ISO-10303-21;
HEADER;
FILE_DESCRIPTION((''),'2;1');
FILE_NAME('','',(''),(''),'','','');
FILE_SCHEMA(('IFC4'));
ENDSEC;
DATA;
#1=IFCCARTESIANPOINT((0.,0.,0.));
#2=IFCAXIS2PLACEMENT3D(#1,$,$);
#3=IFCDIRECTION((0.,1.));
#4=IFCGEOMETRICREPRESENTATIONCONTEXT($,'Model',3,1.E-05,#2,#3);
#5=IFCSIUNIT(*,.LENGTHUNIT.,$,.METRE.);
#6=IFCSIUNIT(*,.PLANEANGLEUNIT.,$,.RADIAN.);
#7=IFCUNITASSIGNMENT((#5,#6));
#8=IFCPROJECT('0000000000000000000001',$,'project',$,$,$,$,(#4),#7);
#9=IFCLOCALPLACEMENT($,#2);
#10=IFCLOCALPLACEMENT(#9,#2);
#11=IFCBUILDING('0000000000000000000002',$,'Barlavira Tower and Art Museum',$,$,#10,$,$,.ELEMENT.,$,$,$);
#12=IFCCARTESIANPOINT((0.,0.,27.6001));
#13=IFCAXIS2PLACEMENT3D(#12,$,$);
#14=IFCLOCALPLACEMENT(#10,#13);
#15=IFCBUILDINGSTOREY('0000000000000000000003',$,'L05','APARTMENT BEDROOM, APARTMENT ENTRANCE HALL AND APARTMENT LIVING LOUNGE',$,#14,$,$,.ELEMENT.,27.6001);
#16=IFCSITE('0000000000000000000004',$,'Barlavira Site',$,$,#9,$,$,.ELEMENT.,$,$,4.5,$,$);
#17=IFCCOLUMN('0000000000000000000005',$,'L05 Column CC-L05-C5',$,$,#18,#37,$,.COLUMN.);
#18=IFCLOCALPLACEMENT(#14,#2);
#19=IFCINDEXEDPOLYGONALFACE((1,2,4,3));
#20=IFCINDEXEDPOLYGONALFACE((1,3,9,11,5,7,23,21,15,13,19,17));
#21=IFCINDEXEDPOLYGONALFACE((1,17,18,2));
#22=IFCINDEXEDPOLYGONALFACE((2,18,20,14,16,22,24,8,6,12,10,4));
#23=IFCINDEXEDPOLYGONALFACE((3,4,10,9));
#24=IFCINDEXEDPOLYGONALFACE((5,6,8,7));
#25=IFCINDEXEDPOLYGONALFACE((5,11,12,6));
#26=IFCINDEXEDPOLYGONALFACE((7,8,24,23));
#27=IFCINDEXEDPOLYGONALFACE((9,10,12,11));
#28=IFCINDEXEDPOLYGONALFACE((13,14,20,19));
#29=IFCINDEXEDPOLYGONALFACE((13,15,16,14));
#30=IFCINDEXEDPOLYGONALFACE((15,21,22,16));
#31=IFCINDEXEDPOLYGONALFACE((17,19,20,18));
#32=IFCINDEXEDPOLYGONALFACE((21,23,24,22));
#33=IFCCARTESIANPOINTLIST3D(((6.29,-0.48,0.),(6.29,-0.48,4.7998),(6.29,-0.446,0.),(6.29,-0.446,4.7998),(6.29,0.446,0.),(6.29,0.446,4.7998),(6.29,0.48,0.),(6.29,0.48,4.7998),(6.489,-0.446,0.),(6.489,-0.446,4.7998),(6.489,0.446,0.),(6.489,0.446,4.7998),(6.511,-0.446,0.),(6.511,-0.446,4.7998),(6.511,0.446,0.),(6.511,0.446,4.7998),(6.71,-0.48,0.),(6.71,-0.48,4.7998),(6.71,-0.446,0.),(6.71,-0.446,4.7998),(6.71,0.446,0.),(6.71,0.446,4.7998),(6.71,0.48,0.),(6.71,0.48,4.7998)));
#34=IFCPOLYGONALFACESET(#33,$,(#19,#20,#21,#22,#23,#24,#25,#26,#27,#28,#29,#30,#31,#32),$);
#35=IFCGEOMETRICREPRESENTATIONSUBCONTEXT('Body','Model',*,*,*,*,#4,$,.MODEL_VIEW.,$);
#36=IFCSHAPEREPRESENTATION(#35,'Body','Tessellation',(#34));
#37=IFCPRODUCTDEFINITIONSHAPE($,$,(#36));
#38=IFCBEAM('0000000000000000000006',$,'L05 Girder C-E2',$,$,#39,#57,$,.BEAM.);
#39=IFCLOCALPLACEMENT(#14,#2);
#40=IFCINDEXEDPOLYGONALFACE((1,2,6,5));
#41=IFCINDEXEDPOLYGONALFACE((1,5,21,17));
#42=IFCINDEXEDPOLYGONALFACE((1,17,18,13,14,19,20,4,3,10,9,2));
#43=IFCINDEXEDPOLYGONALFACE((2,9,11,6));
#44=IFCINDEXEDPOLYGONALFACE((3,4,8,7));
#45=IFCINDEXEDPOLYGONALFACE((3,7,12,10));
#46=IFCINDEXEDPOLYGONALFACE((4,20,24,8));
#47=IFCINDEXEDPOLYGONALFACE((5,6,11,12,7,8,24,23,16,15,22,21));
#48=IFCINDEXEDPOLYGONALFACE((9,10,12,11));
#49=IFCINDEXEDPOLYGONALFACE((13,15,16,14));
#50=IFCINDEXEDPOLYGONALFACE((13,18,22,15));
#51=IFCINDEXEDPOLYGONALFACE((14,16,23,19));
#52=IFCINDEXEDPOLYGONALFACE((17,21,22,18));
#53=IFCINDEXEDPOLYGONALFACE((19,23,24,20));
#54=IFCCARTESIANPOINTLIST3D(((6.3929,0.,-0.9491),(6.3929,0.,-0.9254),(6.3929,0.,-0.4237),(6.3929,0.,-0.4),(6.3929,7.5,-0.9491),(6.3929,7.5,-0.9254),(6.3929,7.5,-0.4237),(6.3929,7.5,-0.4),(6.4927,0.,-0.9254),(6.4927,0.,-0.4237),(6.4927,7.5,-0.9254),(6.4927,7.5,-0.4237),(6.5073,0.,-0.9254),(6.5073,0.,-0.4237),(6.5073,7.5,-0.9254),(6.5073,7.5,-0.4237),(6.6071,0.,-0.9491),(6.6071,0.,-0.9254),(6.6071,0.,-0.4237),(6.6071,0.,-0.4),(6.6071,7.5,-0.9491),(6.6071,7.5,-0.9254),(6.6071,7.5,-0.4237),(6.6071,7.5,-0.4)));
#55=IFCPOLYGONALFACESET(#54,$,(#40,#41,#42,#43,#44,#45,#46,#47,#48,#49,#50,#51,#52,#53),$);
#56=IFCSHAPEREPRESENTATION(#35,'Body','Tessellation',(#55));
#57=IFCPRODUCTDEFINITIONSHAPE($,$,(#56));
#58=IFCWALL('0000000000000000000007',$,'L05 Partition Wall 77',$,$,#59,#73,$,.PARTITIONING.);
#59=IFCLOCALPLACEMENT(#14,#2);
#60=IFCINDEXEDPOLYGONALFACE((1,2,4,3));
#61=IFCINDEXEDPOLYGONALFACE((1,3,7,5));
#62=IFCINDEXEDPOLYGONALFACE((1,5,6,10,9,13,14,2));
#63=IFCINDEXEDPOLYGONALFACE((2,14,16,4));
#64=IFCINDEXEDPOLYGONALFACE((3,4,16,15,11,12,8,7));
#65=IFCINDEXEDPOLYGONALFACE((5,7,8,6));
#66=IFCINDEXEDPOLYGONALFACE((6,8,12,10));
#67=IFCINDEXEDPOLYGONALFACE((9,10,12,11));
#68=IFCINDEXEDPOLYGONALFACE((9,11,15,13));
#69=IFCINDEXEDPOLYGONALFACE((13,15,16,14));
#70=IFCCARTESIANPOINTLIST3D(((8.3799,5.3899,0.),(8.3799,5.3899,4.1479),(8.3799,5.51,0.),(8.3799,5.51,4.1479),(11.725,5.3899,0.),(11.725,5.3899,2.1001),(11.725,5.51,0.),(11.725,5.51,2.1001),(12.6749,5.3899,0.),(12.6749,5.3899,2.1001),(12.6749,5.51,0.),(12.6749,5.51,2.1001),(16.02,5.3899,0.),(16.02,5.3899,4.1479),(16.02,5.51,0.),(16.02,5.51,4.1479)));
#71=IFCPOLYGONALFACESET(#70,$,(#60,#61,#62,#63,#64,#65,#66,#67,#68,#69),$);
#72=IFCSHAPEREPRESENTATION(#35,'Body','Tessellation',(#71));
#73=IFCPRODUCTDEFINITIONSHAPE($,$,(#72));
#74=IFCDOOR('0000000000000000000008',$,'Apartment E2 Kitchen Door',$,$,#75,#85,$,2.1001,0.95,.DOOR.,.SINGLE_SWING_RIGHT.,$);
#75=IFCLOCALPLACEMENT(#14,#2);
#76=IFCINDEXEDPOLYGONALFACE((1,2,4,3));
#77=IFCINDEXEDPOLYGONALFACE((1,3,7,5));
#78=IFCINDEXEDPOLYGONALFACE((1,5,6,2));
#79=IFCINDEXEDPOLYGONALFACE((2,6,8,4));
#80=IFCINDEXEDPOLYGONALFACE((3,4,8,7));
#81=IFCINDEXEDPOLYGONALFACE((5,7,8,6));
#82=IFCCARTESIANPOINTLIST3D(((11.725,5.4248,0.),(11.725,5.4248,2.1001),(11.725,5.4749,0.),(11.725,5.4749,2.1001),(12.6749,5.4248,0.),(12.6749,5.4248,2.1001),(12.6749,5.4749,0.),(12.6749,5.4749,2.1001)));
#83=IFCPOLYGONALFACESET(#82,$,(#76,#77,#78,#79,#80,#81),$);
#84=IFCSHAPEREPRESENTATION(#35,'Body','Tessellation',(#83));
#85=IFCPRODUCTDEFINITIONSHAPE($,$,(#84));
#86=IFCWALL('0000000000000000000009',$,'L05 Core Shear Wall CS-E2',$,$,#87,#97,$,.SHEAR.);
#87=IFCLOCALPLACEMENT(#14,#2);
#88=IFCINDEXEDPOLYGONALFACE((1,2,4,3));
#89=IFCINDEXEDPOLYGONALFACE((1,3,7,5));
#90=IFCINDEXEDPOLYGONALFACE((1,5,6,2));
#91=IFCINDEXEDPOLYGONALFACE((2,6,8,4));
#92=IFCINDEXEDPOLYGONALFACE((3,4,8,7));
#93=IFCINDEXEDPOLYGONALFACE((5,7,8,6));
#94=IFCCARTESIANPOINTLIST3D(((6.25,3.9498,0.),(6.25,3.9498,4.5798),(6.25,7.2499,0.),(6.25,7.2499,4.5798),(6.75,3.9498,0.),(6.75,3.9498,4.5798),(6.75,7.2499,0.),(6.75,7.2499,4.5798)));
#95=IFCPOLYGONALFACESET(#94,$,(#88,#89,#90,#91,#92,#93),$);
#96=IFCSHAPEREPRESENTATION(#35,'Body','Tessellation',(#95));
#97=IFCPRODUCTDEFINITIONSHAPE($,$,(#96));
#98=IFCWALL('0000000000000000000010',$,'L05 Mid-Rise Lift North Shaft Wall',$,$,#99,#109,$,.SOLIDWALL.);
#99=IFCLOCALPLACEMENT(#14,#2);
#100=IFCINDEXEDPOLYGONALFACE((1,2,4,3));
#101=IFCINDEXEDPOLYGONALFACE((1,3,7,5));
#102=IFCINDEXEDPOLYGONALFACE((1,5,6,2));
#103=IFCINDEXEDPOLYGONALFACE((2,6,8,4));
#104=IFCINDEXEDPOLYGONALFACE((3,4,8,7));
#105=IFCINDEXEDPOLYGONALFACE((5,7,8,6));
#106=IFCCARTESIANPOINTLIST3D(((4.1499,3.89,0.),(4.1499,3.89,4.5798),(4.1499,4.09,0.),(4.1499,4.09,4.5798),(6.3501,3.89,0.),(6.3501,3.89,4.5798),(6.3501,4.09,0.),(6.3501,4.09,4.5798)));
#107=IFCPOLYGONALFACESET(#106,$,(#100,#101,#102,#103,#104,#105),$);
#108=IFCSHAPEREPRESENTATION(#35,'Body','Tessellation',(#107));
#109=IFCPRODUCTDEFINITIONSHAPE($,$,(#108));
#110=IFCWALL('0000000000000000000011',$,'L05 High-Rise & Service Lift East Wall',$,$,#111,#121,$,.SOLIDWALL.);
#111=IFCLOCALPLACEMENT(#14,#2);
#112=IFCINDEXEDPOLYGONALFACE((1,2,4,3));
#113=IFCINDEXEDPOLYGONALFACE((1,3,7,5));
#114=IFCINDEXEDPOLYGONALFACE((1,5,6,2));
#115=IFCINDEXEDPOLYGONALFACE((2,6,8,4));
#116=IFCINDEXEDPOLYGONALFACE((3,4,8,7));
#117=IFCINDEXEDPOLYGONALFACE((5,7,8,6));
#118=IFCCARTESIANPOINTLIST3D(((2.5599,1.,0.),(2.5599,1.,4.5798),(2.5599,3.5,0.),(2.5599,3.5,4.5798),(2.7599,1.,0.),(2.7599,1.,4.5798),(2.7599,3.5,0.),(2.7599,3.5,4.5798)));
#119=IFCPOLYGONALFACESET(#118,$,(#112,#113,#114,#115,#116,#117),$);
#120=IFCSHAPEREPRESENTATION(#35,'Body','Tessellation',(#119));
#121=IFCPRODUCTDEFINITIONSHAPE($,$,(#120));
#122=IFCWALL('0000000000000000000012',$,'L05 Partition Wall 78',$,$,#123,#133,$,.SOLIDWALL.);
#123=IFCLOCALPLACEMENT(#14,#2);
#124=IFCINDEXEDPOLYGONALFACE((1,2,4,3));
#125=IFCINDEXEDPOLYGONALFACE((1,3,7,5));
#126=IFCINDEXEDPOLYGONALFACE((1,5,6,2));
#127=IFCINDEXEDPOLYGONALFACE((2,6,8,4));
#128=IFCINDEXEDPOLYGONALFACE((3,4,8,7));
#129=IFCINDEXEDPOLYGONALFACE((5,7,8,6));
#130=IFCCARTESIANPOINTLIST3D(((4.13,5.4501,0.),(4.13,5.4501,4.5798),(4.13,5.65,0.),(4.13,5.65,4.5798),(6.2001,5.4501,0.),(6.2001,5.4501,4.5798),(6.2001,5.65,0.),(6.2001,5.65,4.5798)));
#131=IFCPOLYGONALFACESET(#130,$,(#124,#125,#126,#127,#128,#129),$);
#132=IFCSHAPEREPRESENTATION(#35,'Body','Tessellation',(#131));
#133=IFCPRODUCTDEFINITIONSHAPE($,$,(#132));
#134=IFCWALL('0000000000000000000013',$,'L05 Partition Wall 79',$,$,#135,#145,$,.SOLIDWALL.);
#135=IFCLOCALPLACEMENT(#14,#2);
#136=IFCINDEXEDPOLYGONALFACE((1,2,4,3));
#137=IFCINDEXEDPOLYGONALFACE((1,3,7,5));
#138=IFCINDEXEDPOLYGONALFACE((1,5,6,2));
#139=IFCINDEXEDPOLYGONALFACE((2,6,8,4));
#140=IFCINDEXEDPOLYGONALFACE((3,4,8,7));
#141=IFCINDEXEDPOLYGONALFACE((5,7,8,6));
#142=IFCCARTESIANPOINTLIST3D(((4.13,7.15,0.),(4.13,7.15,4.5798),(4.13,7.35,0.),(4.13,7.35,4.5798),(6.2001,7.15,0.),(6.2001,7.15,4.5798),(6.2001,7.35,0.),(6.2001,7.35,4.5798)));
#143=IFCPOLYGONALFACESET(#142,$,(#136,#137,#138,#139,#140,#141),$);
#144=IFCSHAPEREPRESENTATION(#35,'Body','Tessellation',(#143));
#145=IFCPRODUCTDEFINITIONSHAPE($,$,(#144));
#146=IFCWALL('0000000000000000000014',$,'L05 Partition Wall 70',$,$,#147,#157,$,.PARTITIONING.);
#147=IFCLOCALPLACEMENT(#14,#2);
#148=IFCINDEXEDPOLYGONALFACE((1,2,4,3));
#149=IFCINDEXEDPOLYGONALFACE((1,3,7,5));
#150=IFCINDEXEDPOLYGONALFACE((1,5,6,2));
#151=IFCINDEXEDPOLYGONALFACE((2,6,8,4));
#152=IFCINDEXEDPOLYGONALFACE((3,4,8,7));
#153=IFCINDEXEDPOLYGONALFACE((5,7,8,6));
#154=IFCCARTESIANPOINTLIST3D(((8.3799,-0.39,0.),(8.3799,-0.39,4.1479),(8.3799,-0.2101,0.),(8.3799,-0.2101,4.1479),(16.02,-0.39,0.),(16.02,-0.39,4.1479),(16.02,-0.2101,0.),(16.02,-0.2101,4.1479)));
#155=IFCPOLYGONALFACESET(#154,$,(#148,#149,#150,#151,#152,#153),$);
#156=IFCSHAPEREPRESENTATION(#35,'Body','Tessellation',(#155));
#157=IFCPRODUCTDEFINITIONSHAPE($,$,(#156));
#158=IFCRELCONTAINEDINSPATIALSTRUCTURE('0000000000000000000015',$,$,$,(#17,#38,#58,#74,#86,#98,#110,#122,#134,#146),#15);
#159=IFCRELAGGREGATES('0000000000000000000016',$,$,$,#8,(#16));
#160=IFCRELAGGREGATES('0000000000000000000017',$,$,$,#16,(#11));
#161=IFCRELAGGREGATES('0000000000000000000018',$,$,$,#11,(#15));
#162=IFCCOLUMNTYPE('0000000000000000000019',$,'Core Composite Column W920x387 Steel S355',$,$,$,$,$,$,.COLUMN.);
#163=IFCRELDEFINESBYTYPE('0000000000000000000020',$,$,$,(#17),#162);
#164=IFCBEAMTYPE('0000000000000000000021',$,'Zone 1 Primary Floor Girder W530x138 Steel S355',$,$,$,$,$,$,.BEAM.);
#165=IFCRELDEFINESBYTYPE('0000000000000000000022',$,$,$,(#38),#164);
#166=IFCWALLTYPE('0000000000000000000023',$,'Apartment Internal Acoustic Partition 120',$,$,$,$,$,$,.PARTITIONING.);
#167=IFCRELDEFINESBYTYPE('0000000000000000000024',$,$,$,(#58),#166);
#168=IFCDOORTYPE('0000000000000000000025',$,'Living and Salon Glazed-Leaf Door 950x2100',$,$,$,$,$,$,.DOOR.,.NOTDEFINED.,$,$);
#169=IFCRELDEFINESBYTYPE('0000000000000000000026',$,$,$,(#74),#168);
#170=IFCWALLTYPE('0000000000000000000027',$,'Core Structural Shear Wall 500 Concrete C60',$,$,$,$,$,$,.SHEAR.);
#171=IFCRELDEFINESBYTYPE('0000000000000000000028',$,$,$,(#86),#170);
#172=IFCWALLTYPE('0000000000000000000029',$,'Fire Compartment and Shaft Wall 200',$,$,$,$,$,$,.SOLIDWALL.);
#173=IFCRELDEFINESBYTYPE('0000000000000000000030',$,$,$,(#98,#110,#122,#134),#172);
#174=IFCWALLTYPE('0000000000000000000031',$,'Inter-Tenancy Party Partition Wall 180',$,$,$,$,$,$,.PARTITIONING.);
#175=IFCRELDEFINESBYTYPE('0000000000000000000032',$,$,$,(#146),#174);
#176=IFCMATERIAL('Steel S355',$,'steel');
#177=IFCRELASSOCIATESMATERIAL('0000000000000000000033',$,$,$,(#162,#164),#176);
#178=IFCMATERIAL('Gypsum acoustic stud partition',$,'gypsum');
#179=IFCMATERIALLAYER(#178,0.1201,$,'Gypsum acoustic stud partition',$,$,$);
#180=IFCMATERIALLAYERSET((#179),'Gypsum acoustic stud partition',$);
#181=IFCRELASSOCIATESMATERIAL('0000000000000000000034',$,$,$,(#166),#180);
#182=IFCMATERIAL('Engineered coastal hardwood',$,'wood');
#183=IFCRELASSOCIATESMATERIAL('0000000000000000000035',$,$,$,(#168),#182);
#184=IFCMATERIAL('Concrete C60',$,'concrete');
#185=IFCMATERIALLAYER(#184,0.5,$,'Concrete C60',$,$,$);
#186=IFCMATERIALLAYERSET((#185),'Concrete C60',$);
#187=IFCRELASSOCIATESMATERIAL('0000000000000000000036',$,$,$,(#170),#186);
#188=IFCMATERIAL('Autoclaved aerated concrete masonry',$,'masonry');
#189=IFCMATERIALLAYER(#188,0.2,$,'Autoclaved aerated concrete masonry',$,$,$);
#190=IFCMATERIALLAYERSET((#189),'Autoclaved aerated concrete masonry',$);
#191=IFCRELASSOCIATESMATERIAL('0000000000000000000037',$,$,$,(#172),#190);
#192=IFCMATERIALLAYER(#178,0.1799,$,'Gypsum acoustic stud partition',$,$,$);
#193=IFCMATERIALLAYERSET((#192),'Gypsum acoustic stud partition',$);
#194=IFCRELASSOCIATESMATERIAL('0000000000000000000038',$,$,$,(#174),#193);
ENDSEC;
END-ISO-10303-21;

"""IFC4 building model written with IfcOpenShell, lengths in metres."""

from ifc_helpers import new_model, si_unit, direction, frame, frame_2d, origin, origin_2d, place, context, subcontext, project, spatial, rectangle, i_section, extrude, material, layer, layer_set, material_profile, profile_set, type_object, element, fill, save


model = new_model("IFC4")

# Units and contexts
model_context = context("Model", 3, precision=1e-05, world=origin(), true_north=direction((0.0, 1.0)))
body_context = subcontext(model_context, "Body", "Model", "MODEL_VIEW")
ifc_project = project(units=[si_unit("LENGTHUNIT", "METRE"), si_unit("PLANEANGLEUNIT", "RADIAN")], contexts=[model_context])

# Site, building, storey
site_placement = place(None, origin())
site = spatial("IfcSite", under=ifc_project, at=site_placement, Name="Barlavira Site", CompositionType="ELEMENT", RefElevation=4.5)
building_placement = place(site_placement, origin())
building = spatial("IfcBuilding", under=site, at=building_placement, Name="Barlavira Tower and Art Museum", CompositionType="ELEMENT")
storey_placement = place(building_placement, frame((0.0, 0.0, 27.6001)))
storey = spatial("IfcBuildingStorey", under=building, at=storey_placement, Name="L05", Description="APARTMENT BEDROOM, APARTMENT ENTRANCE HALL AND APARTMENT LIVING LOUNGE", CompositionType="ELEMENT", Elevation=27.6001)

# Column
ifc_material_1 = material(Name="Steel S355", Category="steel")
ifc_material_profile_1 = material_profile(ifc_material_1, i_section(OverallWidth=0.4199, OverallDepth=0.96, WebThickness=0.022, FlangeThickness=0.0339, at=origin_2d()), Name="W920x387.0")
ifc_profile_set_1 = profile_set([ifc_material_profile_1], Name="Steel S355")
column_type = type_object("IfcColumnType", Name="Core Composite Column W920x387 Steel S355", PredefinedType="COLUMN", material=ifc_profile_set_1)
column_placement = place(storey_placement, frame((6.5, 0.0, 0.0), z_axis=(0.0, 0.0, 1.0), x_axis=(1.0, 0.0, 0.0)))
element("IfcColumn", 1, at=column_placement, inside=storey, type_object=column_type, Name="L05 Column CC-L05-C5", PredefinedType="COLUMN", context=body_context, shape_type="SweptSolid", body=[
    extrude(i_section(OverallWidth=0.4199, OverallDepth=0.96, WebThickness=0.022, FlangeThickness=0.0339, at=origin_2d()), origin(), (0.0, 0.0, 1.0), 4.7998),
])

# Beam
ifc_material_profile_2 = material_profile(ifc_material_1, i_section(OverallWidth=0.2141, OverallDepth=0.5491, WebThickness=0.0146, FlangeThickness=0.0237, at=origin_2d()), Name="W530x138.0")
ifc_profile_set_2 = profile_set([ifc_material_profile_2], Name="Steel S355")
beam_type = type_object("IfcBeamType", Name="Zone 1 Primary Floor Girder W530x138 Steel S355", PredefinedType="BEAM", material=ifc_profile_set_2)
beam_placement = place(storey_placement, frame((6.5, 0.0, -0.6746), z_axis=(0.0, 1.0, 0.0), x_axis=(-1.0, 0.0, 0.0)))
element("IfcBeam", 2, at=beam_placement, inside=storey, type_object=beam_type, Name="L05 Girder C-E2", PredefinedType="BEAM", context=body_context, shape_type="SweptSolid", body=[
    extrude(i_section(OverallWidth=0.2141, OverallDepth=0.5491, WebThickness=0.0146, FlangeThickness=0.0237, at=origin_2d()), origin(), (0.0, 0.0, 1.0), 7.5),
])

# Wall, opening, door
ifc_material_2 = material(Name="Gypsum acoustic stud partition", Category="gypsum")
ifc_layer_1 = layer(ifc_material_2, 0.1201, Name="Gypsum acoustic stud partition")
ifc_layer_set_1 = layer_set([ifc_layer_1], Name="Gypsum acoustic stud partition")
wall_type_1 = type_object("IfcWallType", Name="Apartment Internal Acoustic Partition 120", PredefinedType="PARTITIONING", material=ifc_layer_set_1)
wall_1_placement = place(storey_placement, frame((8.3799, 5.45, 0.0), z_axis=(0.0, 0.0, 1.0), x_axis=(1.0, 0.0, 0.0)))
wall_1 = element("IfcWall", 3, at=wall_1_placement, inside=storey, type_object=wall_type_1, Name="L05 Partition Wall 77", PredefinedType="PARTITIONING", context=body_context, shape_type="SweptSolid", body=[
    extrude(rectangle(XDim=7.6401, YDim=0.1201, at=frame_2d((3.8201, 0.0))), origin(), (0.0, 0.0, 1.0), 4.1479),
])
opening_1_placement = place(wall_1_placement, frame((3.345, 0.0, 0.0)))
opening_1 = element("IfcOpeningElement", 4, at=opening_1_placement, cuts=wall_1, PredefinedType="OPENING", context=body_context, shape_type="SweptSolid", body=[
    extrude(rectangle(XDim=0.95, YDim=2.1001, at=frame_2d((0.4751, 1.05))), frame((0.0, 0.0701, 0.0), z_axis=(0.0, -1.0, 0.0), x_axis=(1.0, 0.0, 0.0)), (0.0, 0.0, 1.0), 0.1401),
])
ifc_material_3 = material(Name="Engineered coastal hardwood", Category="wood")
door_type_1 = type_object("IfcDoorType", Name="Living and Salon Glazed-Leaf Door 950x2100", OperationType="NOTDEFINED", PredefinedType="DOOR", material=ifc_material_3)
door_1_placement = place(opening_1_placement, origin())
door_1 = element("IfcDoor", 5, at=door_1_placement, inside=storey, type_object=door_type_1, Name="Apartment E2 Kitchen Door", OperationType="SINGLE_SWING_RIGHT", OverallHeight=2.1001, OverallWidth=0.95, PredefinedType="DOOR", context=body_context, shape_type="SweptSolid", body=[
    extrude(rectangle(XDim=0.95, YDim=2.1001, at=frame_2d((0.4751, 1.05))), frame((0.0, 0.0249, 0.0), z_axis=(0.0, -1.0, 0.0), x_axis=(1.0, 0.0, 0.0)), (0.0, 0.0, 1.0), 0.05),
])
fill(opening_1, door_1)

# Walls
ifc_material_4 = material(Name="Concrete C60", Category="concrete")
ifc_layer_2 = layer(ifc_material_4, 0.5, Name="Concrete C60")
ifc_layer_set_2 = layer_set([ifc_layer_2], Name="Concrete C60")
wall_type_2 = type_object("IfcWallType", Name="Core Structural Shear Wall 500 Concrete C60", PredefinedType="SHEAR", material=ifc_layer_set_2)
wall_2_placement = place(storey_placement, frame((6.5, 3.95, 0.0), z_axis=(0.0, 0.0, 1.0), x_axis=(0.0, 1.0, 0.0)))
element("IfcWall", 6, at=wall_2_placement, inside=storey, type_object=wall_type_2, Name="L05 Core Shear Wall CS-E2", PredefinedType="SHEAR", context=body_context, shape_type="SweptSolid", body=[
    extrude(rectangle(XDim=3.3, YDim=0.5, at=frame_2d((1.6499, 0.0))), origin(), (0.0, 0.0, 1.0), 4.5798),
])
ifc_material_5 = material(Name="Autoclaved aerated concrete masonry", Category="masonry")
ifc_layer_3 = layer(ifc_material_5, 0.2, Name="Autoclaved aerated concrete masonry")
ifc_layer_set_3 = layer_set([ifc_layer_3], Name="Autoclaved aerated concrete masonry")
wall_type_3 = type_object("IfcWallType", Name="Fire Compartment and Shaft Wall 200", PredefinedType="SOLIDWALL", material=ifc_layer_set_3)
wall_3_placement = place(storey_placement, frame((4.1499, 3.99, 0.0), z_axis=(0.0, 0.0, 1.0), x_axis=(1.0, 0.0, 0.0)))
element("IfcWall", 7, at=wall_3_placement, inside=storey, type_object=wall_type_3, Name="L05 Mid-Rise Lift North Shaft Wall", PredefinedType="SOLIDWALL", context=body_context, shape_type="SweptSolid", body=[
    extrude(rectangle(XDim=2.2002, YDim=0.2, at=frame_2d((1.1001, 0.0))), origin(), (0.0, 0.0, 1.0), 4.5798),
])
wall_4_placement = place(storey_placement, frame((2.6599, 1.0, 0.0), z_axis=(0.0, 0.0, 1.0), x_axis=(0.0, 1.0, 0.0)))
element("IfcWall", 8, at=wall_4_placement, inside=storey, type_object=wall_type_3, Name="L05 High-Rise & Service Lift East Wall", PredefinedType="SOLIDWALL", context=body_context, shape_type="SweptSolid", body=[
    extrude(rectangle(XDim=2.5, YDim=0.2, at=frame_2d((1.25, 0.0))), origin(), (0.0, 0.0, 1.0), 4.5798),
])

# Walls
for number, where, z_axis, x_axis, name in (
    (9, (4.1299, 5.55, 0.0), (0.0, 0.0, 1.0), (1.0, 0.0, 0.0), "L05 Partition Wall 78"),
    (10, (4.1299, 7.25, 0.0), (0.0, 0.0, 1.0), (1.0, 0.0, 0.0), "L05 Partition Wall 79"),
):
    element("IfcWall", number, at=place(storey_placement, frame(where, z_axis=z_axis, x_axis=x_axis)), inside=storey, type_object=wall_type_3, Name=name, PredefinedType="SOLIDWALL", context=body_context, shape_type="SweptSolid", body=[
        extrude(rectangle(XDim=2.0701, YDim=0.2, at=frame_2d((1.0352, 0.0))), origin(), (0.0, 0.0, 1.0), 4.5798),
    ])
ifc_layer_4 = layer(ifc_material_2, 0.1799, Name="Gypsum acoustic stud partition")
ifc_layer_set_4 = layer_set([ifc_layer_4], Name="Gypsum acoustic stud partition")
wall_type_4 = type_object("IfcWallType", Name="Inter-Tenancy Party Partition Wall 180", PredefinedType="PARTITIONING", material=ifc_layer_set_4)
wall_5_placement = place(storey_placement, frame((8.3799, -0.3, 0.0), z_axis=(0.0, 0.0, 1.0), x_axis=(1.0, 0.0, 0.0)))
element("IfcWall", 11, at=wall_5_placement, inside=storey, type_object=wall_type_4, Name="L05 Partition Wall 70", PredefinedType="PARTITIONING", context=body_context, shape_type="SweptSolid", body=[
    extrude(rectangle(XDim=7.6401, YDim=0.1799, at=frame_2d((3.8201, 0.0))), origin(), (0.0, 0.0, 1.0), 4.1479),
])

save(model, "model.ifc")
